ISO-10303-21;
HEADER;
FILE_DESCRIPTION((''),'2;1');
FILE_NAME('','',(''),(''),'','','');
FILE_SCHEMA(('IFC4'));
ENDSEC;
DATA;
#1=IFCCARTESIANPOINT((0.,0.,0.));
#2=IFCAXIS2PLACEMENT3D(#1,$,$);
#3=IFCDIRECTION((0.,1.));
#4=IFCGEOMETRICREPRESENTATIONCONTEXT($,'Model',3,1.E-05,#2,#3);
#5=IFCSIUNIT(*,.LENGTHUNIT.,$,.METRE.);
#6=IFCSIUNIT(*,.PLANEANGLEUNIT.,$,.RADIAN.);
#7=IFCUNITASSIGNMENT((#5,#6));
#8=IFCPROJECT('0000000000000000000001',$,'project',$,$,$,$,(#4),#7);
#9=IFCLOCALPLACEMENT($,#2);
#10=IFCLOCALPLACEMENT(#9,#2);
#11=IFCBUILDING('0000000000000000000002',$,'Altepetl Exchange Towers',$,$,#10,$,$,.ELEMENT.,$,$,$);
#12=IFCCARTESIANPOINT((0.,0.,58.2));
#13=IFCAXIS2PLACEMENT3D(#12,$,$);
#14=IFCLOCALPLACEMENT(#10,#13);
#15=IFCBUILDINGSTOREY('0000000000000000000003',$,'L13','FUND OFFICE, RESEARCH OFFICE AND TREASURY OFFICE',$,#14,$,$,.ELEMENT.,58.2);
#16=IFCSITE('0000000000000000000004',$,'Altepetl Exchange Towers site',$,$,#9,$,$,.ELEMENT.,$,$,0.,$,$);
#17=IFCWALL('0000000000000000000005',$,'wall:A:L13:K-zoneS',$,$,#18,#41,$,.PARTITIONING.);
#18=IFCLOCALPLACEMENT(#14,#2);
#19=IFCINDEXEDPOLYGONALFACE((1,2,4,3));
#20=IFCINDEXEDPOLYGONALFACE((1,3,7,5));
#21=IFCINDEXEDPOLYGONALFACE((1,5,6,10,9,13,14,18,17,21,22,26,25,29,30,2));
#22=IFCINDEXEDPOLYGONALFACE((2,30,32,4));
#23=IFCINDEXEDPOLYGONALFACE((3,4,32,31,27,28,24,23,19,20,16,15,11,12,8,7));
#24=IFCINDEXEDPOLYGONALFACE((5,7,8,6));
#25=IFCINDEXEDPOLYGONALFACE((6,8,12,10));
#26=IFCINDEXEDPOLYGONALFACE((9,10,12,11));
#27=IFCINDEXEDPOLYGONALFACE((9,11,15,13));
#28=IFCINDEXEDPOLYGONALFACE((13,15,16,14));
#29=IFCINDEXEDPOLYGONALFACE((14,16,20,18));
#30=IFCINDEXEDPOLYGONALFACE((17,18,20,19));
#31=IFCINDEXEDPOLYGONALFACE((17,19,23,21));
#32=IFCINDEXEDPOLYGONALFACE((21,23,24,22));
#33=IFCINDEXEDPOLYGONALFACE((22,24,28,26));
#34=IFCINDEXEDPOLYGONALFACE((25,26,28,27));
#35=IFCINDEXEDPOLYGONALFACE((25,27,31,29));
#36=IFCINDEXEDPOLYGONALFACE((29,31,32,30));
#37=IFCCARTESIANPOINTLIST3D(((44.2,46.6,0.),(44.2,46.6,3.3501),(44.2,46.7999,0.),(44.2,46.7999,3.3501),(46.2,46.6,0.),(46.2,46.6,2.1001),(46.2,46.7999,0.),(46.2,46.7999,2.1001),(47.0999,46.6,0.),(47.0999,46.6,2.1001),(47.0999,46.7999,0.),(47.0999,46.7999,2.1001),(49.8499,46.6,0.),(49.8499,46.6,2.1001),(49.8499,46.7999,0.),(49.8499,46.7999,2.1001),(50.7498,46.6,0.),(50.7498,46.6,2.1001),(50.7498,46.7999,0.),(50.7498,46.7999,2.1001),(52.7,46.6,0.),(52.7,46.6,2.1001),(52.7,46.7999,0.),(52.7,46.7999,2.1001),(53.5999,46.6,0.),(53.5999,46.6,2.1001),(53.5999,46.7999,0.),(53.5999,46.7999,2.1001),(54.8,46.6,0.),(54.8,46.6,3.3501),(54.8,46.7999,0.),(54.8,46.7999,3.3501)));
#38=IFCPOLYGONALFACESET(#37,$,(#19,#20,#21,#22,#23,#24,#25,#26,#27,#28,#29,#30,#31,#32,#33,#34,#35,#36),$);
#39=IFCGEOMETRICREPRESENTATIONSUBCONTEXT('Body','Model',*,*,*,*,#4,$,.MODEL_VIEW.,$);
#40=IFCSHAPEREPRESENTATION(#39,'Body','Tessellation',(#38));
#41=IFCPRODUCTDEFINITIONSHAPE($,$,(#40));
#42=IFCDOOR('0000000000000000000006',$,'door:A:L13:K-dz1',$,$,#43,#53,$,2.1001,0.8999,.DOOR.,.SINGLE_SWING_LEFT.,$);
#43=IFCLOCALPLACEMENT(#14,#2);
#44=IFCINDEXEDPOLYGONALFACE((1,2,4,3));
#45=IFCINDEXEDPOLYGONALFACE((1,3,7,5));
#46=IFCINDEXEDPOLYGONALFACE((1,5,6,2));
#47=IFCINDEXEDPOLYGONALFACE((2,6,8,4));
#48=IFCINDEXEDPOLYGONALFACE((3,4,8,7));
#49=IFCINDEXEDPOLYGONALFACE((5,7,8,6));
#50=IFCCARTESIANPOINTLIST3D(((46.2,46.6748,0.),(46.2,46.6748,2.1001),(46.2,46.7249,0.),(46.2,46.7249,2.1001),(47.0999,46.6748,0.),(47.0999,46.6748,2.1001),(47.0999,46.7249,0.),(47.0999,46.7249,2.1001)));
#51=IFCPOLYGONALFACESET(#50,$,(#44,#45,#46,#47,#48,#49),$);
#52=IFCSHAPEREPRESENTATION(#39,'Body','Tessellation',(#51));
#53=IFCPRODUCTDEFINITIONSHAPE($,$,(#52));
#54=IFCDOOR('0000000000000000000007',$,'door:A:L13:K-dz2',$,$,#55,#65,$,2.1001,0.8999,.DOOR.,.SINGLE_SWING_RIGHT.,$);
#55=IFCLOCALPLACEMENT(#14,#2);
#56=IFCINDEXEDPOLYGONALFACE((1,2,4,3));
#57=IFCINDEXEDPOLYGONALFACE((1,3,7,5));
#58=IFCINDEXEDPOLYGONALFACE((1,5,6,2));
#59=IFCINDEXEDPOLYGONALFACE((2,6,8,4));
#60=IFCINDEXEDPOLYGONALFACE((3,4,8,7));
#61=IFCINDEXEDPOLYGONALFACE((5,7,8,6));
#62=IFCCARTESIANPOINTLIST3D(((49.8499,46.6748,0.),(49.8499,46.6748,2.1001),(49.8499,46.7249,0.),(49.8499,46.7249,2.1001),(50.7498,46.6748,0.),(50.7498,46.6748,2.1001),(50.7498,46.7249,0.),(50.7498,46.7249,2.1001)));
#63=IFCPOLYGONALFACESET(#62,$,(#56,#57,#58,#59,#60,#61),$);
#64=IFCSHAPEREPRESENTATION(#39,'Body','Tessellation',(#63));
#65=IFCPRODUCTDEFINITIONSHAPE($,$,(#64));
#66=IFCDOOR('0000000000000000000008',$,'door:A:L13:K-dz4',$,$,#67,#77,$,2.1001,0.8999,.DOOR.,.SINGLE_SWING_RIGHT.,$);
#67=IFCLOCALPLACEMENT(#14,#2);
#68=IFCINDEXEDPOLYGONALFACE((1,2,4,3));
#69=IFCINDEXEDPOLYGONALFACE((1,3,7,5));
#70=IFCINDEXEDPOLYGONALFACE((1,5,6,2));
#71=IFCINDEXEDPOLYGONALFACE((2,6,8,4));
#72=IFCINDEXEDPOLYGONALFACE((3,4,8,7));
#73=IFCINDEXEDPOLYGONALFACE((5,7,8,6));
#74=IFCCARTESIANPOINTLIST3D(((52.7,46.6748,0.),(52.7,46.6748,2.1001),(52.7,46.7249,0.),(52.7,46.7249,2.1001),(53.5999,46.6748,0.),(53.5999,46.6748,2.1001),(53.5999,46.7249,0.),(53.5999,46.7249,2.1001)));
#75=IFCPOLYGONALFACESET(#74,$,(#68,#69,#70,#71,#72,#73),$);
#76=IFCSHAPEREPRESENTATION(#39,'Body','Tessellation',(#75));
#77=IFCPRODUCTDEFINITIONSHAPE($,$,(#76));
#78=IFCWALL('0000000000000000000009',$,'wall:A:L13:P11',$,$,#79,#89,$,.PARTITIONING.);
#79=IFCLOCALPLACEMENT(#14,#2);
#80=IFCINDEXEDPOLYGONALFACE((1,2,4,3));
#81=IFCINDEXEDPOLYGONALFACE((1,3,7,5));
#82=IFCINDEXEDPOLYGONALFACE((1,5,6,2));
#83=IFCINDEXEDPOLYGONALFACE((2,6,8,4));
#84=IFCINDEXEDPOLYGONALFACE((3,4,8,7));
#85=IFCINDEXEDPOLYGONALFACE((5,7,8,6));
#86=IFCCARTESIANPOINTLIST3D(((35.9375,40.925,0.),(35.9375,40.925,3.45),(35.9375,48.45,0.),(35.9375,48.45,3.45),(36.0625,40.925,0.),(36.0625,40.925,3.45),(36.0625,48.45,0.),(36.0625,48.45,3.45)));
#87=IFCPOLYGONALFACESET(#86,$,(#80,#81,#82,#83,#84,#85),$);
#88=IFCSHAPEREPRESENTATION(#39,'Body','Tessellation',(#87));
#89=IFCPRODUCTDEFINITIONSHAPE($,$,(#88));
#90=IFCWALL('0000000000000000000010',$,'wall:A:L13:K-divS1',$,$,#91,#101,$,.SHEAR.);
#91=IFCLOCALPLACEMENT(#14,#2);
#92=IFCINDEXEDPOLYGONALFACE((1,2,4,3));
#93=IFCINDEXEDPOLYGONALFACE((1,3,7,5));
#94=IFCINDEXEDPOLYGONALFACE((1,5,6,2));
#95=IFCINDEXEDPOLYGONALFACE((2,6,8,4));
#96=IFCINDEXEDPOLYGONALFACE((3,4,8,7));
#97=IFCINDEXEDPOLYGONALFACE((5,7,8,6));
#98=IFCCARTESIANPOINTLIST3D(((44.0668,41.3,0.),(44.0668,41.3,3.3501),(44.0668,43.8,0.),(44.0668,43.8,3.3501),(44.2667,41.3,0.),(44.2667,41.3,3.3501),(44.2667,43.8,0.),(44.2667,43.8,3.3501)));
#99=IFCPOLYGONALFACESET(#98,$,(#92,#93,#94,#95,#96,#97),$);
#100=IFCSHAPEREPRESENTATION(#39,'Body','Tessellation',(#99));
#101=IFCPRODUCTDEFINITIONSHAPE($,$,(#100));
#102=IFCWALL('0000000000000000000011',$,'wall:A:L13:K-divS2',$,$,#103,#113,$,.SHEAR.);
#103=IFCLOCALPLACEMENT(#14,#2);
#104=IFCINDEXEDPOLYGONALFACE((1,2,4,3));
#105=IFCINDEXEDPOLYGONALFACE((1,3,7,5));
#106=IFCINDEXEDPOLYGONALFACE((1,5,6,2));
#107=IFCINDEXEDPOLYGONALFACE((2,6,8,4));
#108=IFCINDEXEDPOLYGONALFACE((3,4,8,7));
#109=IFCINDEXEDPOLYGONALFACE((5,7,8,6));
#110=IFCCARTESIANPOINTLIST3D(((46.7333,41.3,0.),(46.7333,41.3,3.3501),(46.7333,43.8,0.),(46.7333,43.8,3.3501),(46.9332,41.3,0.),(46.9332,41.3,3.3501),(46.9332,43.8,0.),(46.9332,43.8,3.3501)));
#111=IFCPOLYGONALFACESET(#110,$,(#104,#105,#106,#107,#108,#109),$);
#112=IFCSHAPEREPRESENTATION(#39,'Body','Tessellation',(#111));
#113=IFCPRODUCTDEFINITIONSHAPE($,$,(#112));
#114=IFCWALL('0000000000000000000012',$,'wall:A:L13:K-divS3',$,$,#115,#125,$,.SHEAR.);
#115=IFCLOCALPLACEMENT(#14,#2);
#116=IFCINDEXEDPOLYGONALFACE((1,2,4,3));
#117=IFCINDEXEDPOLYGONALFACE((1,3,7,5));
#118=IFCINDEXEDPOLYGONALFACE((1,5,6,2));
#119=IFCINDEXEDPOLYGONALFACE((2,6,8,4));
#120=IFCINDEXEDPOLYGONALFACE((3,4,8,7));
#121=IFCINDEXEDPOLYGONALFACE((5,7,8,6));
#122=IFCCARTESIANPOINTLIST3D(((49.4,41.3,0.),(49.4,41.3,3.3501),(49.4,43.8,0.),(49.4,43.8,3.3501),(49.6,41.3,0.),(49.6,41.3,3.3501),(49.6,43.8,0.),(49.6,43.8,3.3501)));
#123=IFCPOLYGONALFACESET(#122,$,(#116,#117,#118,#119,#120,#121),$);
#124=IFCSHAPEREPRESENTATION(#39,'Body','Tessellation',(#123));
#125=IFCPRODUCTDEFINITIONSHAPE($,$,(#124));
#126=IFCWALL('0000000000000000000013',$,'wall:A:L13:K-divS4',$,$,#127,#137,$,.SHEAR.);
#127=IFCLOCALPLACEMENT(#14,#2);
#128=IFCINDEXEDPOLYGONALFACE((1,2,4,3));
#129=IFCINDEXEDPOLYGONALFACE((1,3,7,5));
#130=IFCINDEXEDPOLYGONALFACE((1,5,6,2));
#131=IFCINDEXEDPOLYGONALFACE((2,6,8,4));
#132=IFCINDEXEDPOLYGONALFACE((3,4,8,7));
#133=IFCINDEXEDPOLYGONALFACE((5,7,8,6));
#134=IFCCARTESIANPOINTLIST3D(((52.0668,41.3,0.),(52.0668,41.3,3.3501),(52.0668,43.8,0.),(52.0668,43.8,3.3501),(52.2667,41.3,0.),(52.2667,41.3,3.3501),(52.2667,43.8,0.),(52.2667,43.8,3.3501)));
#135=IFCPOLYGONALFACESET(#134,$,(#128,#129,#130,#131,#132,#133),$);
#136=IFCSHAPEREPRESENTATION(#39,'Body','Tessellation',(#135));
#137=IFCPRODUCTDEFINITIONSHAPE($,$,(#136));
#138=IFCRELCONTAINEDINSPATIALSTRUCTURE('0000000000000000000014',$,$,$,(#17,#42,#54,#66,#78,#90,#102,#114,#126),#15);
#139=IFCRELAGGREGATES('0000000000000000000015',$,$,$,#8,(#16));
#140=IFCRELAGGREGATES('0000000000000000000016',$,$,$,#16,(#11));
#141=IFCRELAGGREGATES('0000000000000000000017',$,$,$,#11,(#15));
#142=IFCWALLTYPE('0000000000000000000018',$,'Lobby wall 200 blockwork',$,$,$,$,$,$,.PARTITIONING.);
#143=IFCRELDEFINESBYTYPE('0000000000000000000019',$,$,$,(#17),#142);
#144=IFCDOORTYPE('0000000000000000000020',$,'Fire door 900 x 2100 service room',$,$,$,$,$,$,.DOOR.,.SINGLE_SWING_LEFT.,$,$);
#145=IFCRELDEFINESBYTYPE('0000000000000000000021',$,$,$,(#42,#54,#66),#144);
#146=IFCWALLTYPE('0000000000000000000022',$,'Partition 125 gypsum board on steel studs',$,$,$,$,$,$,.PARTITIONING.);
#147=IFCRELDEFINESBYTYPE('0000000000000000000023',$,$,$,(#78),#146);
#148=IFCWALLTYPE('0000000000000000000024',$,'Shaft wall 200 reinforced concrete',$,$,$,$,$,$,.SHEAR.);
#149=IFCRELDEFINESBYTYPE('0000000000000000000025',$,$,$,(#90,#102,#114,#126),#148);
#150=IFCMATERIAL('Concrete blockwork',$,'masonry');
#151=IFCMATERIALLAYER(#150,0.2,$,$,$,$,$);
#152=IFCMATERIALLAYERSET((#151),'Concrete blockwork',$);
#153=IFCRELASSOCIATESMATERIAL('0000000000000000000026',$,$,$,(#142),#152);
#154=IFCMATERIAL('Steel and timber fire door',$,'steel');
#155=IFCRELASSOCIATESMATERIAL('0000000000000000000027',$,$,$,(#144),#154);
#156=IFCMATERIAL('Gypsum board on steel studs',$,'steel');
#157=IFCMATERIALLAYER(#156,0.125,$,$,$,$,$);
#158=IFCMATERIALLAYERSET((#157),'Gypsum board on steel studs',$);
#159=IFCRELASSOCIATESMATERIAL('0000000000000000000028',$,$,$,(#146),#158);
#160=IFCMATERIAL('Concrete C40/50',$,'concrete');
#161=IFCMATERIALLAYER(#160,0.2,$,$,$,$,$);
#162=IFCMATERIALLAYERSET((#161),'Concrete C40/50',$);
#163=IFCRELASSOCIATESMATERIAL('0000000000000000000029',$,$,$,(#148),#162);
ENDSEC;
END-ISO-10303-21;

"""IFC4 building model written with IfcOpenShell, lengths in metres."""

from ifc_helpers import new_model, si_unit, direction, frame, frame_2d, origin, place, context, subcontext, project, spatial, rectangle, extrude, material, layer, layer_set, type_object, element, fill, save


model = new_model("IFC4")

# Units and contexts
model_context = context("Model", 3, precision=1e-05, world=origin(), true_north=direction((0.0, 1.0)))
body_context = subcontext(model_context, "Body", "Model", "MODEL_VIEW")
ifc_project = project(units=[si_unit("LENGTHUNIT", "METRE"), si_unit("PLANEANGLEUNIT", "RADIAN")], contexts=[model_context])

# Site, building, storey
site_placement = place(None, origin())
site = spatial("IfcSite", under=ifc_project, at=site_placement, Name="Altepetl Exchange Towers site", CompositionType="ELEMENT", RefElevation=0.0)
building_placement = place(site_placement, origin())
building = spatial("IfcBuilding", under=site, at=building_placement, Name="Altepetl Exchange Towers", CompositionType="ELEMENT")
storey_placement = place(building_placement, frame((0.0, 0.0, 58.2)))
storey = spatial("IfcBuildingStorey", under=building, at=storey_placement, Name="L13", Description="FUND OFFICE, RESEARCH OFFICE AND TREASURY OFFICE", CompositionType="ELEMENT", Elevation=58.2)

# Wall, openings, doors
ifc_material_1 = material(Name="Concrete blockwork", Category="masonry")
ifc_layer_1 = layer(ifc_material_1, 0.2)
ifc_layer_set_1 = layer_set([ifc_layer_1], Name="Concrete blockwork")
wall_type_1 = type_object("IfcWallType", Name="Lobby wall 200 blockwork", PredefinedType="PARTITIONING", material=ifc_layer_set_1)
wall_1_placement = place(storey_placement, frame((44.2, 46.7, 0.0)))
wall_1 = element("IfcWall", 1, at=wall_1_placement, inside=storey, type_object=wall_type_1, Name="wall:A:L13:K-zoneS", PredefinedType="PARTITIONING", context=body_context, shape_type="SweptSolid", body=[
    extrude(rectangle(XDim=10.6001, YDim=0.2, at=frame_2d((5.3, 0.0))), origin(), (0.0, 0.0, 1.0), 3.3501),
])
opening_1_placement = place(wall_1_placement, frame((2.0, 0.0, 0.0)))
opening_1 = element("IfcOpeningElement", 2, at=opening_1_placement, cuts=wall_1, PredefinedType="OPENING", context=body_context, shape_type="SweptSolid", body=[
    extrude(rectangle(XDim=0.8999, YDim=2.1001, at=frame_2d((0.45, 1.05))), frame((0.0, 0.1099, 0.0), z_axis=(0.0, -1.0, 0.0), x_axis=(1.0, 0.0, 0.0)), (0.0, 0.0, 1.0), 0.22),
])
opening_2_placement = place(wall_1_placement, frame((5.6499, 0.0, 0.0)))
opening_2 = element("IfcOpeningElement", 3, at=opening_2_placement, cuts=wall_1, PredefinedType="OPENING", context=body_context, shape_type="SweptSolid", body=[
    extrude(rectangle(XDim=0.8999, YDim=2.1001, at=frame_2d((0.45, 1.05))), frame((0.0, 0.1099, 0.0), z_axis=(0.0, -1.0, 0.0), x_axis=(1.0, 0.0, 0.0)), (0.0, 0.0, 1.0), 0.22),
])
opening_3_placement = place(wall_1_placement, frame((8.5, 0.0, 0.0)))
opening_3 = element("IfcOpeningElement", 4, at=opening_3_placement, cuts=wall_1, PredefinedType="OPENING", context=body_context, shape_type="SweptSolid", body=[
    extrude(rectangle(XDim=0.8999, YDim=2.1001, at=frame_2d((0.45, 1.05))), frame((0.0, 0.1099, 0.0), z_axis=(0.0, -1.0, 0.0), x_axis=(1.0, 0.0, 0.0)), (0.0, 0.0, 1.0), 0.22),
])
ifc_material_2 = material(Name="Steel and timber fire door", Category="steel")
door_type_1 = type_object("IfcDoorType", Name="Fire door 900 x 2100 service room", OperationType="SINGLE_SWING_LEFT", PredefinedType="DOOR", material=ifc_material_2)
door_1_placement = place(opening_1_placement, origin())
door_1 = element("IfcDoor", 5, at=door_1_placement, inside=storey, type_object=door_type_1, Name="door:A:L13:K-dz1", OperationType="SINGLE_SWING_LEFT", OverallHeight=2.1001, OverallWidth=0.8999, PredefinedType="DOOR", context=body_context, shape_type="SweptSolid", body=[
    extrude(rectangle(XDim=0.8999, YDim=2.1001, at=frame_2d((0.45, 1.05))), frame((0.0, 0.0249, 0.0), z_axis=(0.0, -1.0, 0.0), x_axis=(1.0, 0.0, 0.0)), (0.0, 0.0, 1.0), 0.05),
])
fill(opening_1, door_1)
door_2_placement = place(opening_2_placement, origin())
door_2 = element("IfcDoor", 6, at=door_2_placement, inside=storey, type_object=door_type_1, Name="door:A:L13:K-dz2", OperationType="SINGLE_SWING_RIGHT", OverallHeight=2.1001, OverallWidth=0.8999, PredefinedType="DOOR", context=body_context, shape_type="SweptSolid", body=[
    extrude(rectangle(XDim=0.8999, YDim=2.1001, at=frame_2d((0.45, 1.05))), frame((0.0, 0.0249, 0.0), z_axis=(0.0, -1.0, 0.0), x_axis=(1.0, 0.0, 0.0)), (0.0, 0.0, 1.0), 0.05),
])
fill(opening_2, door_2)
door_3_placement = place(opening_3_placement, origin())
door_3 = element("IfcDoor", 7, at=door_3_placement, inside=storey, type_object=door_type_1, Name="door:A:L13:K-dz4", OperationType="SINGLE_SWING_RIGHT", OverallHeight=2.1001, OverallWidth=0.8999, PredefinedType="DOOR", context=body_context, shape_type="SweptSolid", body=[
    extrude(rectangle(XDim=0.8999, YDim=2.1001, at=frame_2d((0.45, 1.05))), frame((0.0, 0.0249, 0.0), z_axis=(0.0, -1.0, 0.0), x_axis=(1.0, 0.0, 0.0)), (0.0, 0.0, 1.0), 0.05),
])
fill(opening_3, door_3)

# Walls
ifc_material_3 = material(Name="Gypsum board on steel studs", Category="steel")
ifc_layer_2 = layer(ifc_material_3, 0.125)
ifc_layer_set_2 = layer_set([ifc_layer_2], Name="Gypsum board on steel studs")
wall_type_2 = type_object("IfcWallType", Name="Partition 125 gypsum board on steel studs", PredefinedType="PARTITIONING", material=ifc_layer_set_2)
wall_2_placement = place(storey_placement, frame((36.0, 40.925, 0.0), z_axis=(0.0, 0.0, 1.0), x_axis=(0.0, 1.0, 0.0)))
element("IfcWall", 8, at=wall_2_placement, inside=storey, type_object=wall_type_2, Name="wall:A:L13:P11", PredefinedType="PARTITIONING", context=body_context, shape_type="SweptSolid", body=[
    extrude(rectangle(XDim=7.5249, YDim=0.125, at=frame_2d((3.7625, 0.0))), origin(), (0.0, 0.0, 1.0), 3.45),
])
ifc_material_4 = material(Name="Concrete C40/50", Category="concrete")
ifc_layer_3 = layer(ifc_material_4, 0.2)
ifc_layer_set_3 = layer_set([ifc_layer_3], Name="Concrete C40/50")
wall_type_3 = type_object("IfcWallType", Name="Shaft wall 200 reinforced concrete", PredefinedType="SHEAR", material=ifc_layer_set_3)
for number, where, z_axis, x_axis, name in (
    (9, (44.1667, 41.3, 0.0), (0.0, 0.0, 1.0), (0.0, 1.0, 0.0), "wall:A:L13:K-divS1"),
    (10, (46.8333, 41.3, 0.0), (0.0, 0.0, 1.0), (0.0, 1.0, 0.0), "wall:A:L13:K-divS2"),
    (11, (49.5, 41.3, 0.0), (0.0, 0.0, 1.0), (0.0, 1.0, 0.0), "wall:A:L13:K-divS3"),
    (12, (52.1667, 41.3, 0.0), (0.0, 0.0, 1.0), (0.0, 1.0, 0.0), "wall:A:L13:K-divS4"),
):
    element("IfcWall", number, at=place(storey_placement, frame(where, z_axis=z_axis, x_axis=x_axis)), inside=storey, type_object=wall_type_3, Name=name, PredefinedType="SHEAR", context=body_context, shape_type="SweptSolid", body=[
        extrude(rectangle(XDim=2.5, YDim=0.2, at=frame_2d((1.25, 0.0))), origin(), (0.0, 0.0, 1.0), 3.3501),
    ])

save(model, "model.ifc")
